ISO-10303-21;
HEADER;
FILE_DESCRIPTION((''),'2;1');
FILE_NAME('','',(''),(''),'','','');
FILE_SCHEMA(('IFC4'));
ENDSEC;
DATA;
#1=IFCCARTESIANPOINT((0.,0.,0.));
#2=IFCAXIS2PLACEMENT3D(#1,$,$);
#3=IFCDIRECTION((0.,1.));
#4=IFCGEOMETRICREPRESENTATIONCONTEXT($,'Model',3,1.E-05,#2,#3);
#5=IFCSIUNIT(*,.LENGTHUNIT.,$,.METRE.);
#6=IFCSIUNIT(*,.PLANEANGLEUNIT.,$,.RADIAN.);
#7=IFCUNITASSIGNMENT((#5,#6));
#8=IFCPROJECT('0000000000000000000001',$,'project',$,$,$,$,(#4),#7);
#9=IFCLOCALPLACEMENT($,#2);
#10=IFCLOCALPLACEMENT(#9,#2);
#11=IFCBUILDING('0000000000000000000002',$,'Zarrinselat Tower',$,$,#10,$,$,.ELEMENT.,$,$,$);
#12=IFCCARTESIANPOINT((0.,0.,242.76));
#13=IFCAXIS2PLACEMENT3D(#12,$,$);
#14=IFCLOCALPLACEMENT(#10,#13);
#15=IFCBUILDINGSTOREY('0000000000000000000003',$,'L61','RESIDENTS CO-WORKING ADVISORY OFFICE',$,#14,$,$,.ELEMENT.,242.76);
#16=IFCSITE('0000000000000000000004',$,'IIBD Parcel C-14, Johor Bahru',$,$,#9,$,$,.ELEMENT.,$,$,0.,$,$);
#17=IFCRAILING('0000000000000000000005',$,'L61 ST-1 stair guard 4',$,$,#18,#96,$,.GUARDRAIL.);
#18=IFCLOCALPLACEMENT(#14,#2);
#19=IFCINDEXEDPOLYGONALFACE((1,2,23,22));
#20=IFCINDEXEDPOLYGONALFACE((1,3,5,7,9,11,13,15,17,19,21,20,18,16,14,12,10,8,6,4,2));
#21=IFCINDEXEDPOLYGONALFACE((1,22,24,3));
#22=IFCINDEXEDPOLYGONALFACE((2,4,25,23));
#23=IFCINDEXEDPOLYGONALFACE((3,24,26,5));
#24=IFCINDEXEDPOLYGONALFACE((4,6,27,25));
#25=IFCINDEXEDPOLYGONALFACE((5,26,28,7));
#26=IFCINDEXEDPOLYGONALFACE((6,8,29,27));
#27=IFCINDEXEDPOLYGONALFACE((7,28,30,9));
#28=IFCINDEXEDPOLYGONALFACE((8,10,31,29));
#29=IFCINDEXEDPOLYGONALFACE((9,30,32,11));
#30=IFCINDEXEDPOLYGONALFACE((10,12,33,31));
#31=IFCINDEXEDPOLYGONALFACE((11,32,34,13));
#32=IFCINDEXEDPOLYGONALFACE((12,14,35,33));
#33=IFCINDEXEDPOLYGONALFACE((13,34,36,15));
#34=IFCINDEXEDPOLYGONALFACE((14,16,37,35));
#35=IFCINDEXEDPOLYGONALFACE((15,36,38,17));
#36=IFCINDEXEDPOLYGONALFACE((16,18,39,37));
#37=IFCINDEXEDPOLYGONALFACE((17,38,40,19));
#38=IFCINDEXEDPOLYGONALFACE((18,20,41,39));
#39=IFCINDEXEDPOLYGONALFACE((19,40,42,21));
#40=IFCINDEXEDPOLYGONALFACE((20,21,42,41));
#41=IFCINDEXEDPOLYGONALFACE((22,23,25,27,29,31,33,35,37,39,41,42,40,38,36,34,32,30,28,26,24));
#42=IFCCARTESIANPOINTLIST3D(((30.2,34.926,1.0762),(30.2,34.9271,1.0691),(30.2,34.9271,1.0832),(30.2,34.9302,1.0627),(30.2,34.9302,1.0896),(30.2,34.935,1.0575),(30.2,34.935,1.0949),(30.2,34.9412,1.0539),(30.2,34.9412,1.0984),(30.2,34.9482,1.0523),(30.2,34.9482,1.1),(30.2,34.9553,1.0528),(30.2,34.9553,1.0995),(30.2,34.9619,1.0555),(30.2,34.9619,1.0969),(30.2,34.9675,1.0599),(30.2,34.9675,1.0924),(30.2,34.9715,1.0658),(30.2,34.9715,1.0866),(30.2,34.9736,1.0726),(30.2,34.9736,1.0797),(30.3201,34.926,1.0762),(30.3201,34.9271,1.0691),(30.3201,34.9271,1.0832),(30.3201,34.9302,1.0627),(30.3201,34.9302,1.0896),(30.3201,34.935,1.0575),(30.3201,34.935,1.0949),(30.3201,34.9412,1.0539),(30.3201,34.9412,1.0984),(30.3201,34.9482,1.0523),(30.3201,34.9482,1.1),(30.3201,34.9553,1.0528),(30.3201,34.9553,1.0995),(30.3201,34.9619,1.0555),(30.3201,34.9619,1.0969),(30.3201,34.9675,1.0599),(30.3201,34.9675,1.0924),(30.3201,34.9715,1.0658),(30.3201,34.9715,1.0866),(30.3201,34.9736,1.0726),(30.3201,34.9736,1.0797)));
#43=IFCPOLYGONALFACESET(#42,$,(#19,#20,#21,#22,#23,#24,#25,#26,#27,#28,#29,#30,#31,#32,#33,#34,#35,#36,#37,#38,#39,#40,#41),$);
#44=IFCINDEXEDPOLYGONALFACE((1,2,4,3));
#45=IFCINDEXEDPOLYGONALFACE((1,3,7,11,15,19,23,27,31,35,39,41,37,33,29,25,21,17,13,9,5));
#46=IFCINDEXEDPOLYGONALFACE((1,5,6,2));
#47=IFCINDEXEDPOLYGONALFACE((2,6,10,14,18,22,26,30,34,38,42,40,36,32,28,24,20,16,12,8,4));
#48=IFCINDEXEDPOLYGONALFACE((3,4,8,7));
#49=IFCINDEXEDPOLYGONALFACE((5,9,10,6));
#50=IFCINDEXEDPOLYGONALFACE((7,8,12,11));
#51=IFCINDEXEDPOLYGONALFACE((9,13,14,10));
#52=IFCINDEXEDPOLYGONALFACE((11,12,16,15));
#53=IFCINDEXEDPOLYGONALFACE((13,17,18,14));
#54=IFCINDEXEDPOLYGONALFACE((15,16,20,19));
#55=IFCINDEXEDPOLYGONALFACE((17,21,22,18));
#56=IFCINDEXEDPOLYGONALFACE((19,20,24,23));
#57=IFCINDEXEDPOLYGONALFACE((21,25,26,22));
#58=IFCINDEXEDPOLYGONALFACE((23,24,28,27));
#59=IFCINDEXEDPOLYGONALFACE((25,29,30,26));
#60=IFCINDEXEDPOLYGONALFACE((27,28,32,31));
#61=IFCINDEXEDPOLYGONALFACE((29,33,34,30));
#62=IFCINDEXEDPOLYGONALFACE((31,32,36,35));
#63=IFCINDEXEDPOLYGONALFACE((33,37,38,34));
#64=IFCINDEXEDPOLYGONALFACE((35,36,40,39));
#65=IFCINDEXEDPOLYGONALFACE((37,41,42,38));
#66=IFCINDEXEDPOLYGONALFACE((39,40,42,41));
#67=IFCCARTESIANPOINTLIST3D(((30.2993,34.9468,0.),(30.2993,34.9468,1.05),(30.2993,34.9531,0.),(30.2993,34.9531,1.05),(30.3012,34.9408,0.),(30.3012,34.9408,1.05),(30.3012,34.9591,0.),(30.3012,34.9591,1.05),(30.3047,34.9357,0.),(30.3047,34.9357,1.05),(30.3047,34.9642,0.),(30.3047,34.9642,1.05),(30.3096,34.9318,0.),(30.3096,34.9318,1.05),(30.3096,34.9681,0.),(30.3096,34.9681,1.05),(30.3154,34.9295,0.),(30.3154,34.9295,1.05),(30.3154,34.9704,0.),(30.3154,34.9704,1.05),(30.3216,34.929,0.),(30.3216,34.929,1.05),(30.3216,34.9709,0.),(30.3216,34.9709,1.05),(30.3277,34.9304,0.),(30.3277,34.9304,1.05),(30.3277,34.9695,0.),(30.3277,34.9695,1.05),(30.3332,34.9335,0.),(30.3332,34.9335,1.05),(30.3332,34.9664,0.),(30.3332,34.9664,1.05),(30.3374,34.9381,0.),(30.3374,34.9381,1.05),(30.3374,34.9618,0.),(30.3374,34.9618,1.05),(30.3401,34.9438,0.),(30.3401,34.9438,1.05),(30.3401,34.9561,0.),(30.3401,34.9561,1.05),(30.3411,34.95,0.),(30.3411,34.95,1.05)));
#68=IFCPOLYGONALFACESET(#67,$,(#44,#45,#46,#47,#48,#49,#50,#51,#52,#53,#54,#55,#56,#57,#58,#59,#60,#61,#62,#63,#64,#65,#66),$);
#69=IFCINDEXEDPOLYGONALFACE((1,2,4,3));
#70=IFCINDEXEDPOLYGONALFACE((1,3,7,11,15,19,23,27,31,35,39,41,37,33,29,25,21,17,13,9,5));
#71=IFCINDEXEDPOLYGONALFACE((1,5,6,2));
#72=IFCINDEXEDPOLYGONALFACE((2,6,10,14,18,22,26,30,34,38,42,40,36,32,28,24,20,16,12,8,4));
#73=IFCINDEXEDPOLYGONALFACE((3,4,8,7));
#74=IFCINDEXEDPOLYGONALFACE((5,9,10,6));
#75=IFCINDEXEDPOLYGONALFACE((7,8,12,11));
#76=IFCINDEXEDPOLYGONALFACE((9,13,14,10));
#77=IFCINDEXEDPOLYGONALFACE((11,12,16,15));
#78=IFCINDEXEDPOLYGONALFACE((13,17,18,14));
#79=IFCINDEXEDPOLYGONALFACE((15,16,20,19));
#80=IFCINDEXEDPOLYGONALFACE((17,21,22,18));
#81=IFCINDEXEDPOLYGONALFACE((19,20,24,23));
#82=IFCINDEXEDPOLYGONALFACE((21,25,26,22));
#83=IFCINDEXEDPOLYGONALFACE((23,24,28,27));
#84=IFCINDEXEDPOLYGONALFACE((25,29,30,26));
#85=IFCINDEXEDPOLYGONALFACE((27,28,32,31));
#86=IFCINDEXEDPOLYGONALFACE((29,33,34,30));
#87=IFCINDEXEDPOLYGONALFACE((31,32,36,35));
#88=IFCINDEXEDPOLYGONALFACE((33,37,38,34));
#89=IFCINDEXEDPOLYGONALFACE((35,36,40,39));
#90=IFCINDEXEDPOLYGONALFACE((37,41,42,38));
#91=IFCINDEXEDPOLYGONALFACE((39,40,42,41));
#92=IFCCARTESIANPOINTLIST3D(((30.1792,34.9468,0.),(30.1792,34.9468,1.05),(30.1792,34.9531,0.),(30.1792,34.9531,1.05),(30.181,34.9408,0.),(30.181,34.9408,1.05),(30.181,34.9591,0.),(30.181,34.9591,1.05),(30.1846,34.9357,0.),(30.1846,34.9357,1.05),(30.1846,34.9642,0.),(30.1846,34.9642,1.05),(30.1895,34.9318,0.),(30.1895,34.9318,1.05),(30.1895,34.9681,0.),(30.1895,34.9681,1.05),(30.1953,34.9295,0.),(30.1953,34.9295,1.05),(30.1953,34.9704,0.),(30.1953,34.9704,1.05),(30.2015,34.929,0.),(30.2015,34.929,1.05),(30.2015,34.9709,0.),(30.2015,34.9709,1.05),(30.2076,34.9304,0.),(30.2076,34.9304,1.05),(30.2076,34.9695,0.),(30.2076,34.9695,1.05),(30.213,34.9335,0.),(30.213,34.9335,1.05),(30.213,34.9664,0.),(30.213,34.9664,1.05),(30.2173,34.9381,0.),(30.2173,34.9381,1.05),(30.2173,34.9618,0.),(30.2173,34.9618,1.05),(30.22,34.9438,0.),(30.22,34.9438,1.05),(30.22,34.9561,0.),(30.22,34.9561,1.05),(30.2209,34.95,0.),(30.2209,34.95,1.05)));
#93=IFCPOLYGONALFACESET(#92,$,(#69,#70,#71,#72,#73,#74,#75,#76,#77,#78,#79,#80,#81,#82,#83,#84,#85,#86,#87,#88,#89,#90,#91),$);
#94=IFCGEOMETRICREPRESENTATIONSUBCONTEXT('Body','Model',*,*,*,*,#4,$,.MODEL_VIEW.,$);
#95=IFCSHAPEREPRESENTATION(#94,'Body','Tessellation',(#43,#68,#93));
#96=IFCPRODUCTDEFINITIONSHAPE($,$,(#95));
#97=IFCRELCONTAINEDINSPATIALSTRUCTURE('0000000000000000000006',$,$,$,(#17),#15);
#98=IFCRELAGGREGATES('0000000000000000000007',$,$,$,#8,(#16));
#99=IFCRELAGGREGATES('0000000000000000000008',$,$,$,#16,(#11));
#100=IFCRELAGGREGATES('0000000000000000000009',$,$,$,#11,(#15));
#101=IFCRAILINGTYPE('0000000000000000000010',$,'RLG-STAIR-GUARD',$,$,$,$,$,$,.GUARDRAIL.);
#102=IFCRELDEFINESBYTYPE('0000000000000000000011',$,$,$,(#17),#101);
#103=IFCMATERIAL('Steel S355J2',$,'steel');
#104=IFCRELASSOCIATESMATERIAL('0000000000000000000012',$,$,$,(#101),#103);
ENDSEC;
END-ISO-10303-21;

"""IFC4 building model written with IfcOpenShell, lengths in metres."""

from ifc_helpers import new_model, si_unit, direction, frame, origin, origin_2d, place, context, subcontext, project, spatial, circle, extrude, material, type_object, element, save


model = new_model("IFC4")

# Units and contexts
model_context = context("Model", 3, precision=1e-05, world=origin(), true_north=direction((0.0, 1.0)))
body_context = subcontext(model_context, "Body", "Model", "MODEL_VIEW")
ifc_project = project(units=[si_unit("LENGTHUNIT", "METRE"), si_unit("PLANEANGLEUNIT", "RADIAN")], contexts=[model_context])

# Site, building, storey
site_placement = place(None, origin())
site = spatial("IfcSite", under=ifc_project, at=site_placement, Name="IIBD Parcel C-14, Johor Bahru", CompositionType="ELEMENT", RefElevation=0.0)
building_placement = place(site_placement, origin())
building = spatial("IfcBuilding", under=site, at=building_placement, Name="Zarrinselat Tower", CompositionType="ELEMENT")
storey_placement = place(building_placement, frame((0.0, 0.0, 242.76)))
storey = spatial("IfcBuildingStorey", under=building, at=storey_placement, Name="L61", Description="RESIDENTS CO-WORKING ADVISORY OFFICE", CompositionType="ELEMENT", Elevation=242.76)

# Railing
ifc_material_1 = material(Name="Steel S355J2", Category="steel")
railing_type_1 = type_object("IfcRailingType", Name="RLG-STAIR-GUARD", PredefinedType="GUARDRAIL", material=ifc_material_1)
railing_1_placement = place(storey_placement, frame((30.3201, 34.95, 0.0)))
element("IfcRailing", 1, at=railing_1_placement, inside=storey, type_object=railing_type_1, Name="L61 ST-1 stair guard 4", PredefinedType="GUARDRAIL", context=body_context, shape_type="SweptSolid", body=[
    extrude(circle(Radius=0.0239, at=origin_2d()), frame((0.0, 0.0, 1.0762), z_axis=(-1.0, 0.0, 0.0), x_axis=(0.0, -1.0, 0.0)), (0.0, 0.0, 1.0), 0.1201),
    extrude(circle(Radius=0.021, at=origin_2d()), origin(), (0.0, 0.0, 1.0), 1.05),
    extrude(circle(Radius=0.021, at=origin_2d()), frame((-0.1201, 0.0, 0.0)), (0.0, 0.0, 1.0), 1.05),
])

save(model, "model.ifc")
